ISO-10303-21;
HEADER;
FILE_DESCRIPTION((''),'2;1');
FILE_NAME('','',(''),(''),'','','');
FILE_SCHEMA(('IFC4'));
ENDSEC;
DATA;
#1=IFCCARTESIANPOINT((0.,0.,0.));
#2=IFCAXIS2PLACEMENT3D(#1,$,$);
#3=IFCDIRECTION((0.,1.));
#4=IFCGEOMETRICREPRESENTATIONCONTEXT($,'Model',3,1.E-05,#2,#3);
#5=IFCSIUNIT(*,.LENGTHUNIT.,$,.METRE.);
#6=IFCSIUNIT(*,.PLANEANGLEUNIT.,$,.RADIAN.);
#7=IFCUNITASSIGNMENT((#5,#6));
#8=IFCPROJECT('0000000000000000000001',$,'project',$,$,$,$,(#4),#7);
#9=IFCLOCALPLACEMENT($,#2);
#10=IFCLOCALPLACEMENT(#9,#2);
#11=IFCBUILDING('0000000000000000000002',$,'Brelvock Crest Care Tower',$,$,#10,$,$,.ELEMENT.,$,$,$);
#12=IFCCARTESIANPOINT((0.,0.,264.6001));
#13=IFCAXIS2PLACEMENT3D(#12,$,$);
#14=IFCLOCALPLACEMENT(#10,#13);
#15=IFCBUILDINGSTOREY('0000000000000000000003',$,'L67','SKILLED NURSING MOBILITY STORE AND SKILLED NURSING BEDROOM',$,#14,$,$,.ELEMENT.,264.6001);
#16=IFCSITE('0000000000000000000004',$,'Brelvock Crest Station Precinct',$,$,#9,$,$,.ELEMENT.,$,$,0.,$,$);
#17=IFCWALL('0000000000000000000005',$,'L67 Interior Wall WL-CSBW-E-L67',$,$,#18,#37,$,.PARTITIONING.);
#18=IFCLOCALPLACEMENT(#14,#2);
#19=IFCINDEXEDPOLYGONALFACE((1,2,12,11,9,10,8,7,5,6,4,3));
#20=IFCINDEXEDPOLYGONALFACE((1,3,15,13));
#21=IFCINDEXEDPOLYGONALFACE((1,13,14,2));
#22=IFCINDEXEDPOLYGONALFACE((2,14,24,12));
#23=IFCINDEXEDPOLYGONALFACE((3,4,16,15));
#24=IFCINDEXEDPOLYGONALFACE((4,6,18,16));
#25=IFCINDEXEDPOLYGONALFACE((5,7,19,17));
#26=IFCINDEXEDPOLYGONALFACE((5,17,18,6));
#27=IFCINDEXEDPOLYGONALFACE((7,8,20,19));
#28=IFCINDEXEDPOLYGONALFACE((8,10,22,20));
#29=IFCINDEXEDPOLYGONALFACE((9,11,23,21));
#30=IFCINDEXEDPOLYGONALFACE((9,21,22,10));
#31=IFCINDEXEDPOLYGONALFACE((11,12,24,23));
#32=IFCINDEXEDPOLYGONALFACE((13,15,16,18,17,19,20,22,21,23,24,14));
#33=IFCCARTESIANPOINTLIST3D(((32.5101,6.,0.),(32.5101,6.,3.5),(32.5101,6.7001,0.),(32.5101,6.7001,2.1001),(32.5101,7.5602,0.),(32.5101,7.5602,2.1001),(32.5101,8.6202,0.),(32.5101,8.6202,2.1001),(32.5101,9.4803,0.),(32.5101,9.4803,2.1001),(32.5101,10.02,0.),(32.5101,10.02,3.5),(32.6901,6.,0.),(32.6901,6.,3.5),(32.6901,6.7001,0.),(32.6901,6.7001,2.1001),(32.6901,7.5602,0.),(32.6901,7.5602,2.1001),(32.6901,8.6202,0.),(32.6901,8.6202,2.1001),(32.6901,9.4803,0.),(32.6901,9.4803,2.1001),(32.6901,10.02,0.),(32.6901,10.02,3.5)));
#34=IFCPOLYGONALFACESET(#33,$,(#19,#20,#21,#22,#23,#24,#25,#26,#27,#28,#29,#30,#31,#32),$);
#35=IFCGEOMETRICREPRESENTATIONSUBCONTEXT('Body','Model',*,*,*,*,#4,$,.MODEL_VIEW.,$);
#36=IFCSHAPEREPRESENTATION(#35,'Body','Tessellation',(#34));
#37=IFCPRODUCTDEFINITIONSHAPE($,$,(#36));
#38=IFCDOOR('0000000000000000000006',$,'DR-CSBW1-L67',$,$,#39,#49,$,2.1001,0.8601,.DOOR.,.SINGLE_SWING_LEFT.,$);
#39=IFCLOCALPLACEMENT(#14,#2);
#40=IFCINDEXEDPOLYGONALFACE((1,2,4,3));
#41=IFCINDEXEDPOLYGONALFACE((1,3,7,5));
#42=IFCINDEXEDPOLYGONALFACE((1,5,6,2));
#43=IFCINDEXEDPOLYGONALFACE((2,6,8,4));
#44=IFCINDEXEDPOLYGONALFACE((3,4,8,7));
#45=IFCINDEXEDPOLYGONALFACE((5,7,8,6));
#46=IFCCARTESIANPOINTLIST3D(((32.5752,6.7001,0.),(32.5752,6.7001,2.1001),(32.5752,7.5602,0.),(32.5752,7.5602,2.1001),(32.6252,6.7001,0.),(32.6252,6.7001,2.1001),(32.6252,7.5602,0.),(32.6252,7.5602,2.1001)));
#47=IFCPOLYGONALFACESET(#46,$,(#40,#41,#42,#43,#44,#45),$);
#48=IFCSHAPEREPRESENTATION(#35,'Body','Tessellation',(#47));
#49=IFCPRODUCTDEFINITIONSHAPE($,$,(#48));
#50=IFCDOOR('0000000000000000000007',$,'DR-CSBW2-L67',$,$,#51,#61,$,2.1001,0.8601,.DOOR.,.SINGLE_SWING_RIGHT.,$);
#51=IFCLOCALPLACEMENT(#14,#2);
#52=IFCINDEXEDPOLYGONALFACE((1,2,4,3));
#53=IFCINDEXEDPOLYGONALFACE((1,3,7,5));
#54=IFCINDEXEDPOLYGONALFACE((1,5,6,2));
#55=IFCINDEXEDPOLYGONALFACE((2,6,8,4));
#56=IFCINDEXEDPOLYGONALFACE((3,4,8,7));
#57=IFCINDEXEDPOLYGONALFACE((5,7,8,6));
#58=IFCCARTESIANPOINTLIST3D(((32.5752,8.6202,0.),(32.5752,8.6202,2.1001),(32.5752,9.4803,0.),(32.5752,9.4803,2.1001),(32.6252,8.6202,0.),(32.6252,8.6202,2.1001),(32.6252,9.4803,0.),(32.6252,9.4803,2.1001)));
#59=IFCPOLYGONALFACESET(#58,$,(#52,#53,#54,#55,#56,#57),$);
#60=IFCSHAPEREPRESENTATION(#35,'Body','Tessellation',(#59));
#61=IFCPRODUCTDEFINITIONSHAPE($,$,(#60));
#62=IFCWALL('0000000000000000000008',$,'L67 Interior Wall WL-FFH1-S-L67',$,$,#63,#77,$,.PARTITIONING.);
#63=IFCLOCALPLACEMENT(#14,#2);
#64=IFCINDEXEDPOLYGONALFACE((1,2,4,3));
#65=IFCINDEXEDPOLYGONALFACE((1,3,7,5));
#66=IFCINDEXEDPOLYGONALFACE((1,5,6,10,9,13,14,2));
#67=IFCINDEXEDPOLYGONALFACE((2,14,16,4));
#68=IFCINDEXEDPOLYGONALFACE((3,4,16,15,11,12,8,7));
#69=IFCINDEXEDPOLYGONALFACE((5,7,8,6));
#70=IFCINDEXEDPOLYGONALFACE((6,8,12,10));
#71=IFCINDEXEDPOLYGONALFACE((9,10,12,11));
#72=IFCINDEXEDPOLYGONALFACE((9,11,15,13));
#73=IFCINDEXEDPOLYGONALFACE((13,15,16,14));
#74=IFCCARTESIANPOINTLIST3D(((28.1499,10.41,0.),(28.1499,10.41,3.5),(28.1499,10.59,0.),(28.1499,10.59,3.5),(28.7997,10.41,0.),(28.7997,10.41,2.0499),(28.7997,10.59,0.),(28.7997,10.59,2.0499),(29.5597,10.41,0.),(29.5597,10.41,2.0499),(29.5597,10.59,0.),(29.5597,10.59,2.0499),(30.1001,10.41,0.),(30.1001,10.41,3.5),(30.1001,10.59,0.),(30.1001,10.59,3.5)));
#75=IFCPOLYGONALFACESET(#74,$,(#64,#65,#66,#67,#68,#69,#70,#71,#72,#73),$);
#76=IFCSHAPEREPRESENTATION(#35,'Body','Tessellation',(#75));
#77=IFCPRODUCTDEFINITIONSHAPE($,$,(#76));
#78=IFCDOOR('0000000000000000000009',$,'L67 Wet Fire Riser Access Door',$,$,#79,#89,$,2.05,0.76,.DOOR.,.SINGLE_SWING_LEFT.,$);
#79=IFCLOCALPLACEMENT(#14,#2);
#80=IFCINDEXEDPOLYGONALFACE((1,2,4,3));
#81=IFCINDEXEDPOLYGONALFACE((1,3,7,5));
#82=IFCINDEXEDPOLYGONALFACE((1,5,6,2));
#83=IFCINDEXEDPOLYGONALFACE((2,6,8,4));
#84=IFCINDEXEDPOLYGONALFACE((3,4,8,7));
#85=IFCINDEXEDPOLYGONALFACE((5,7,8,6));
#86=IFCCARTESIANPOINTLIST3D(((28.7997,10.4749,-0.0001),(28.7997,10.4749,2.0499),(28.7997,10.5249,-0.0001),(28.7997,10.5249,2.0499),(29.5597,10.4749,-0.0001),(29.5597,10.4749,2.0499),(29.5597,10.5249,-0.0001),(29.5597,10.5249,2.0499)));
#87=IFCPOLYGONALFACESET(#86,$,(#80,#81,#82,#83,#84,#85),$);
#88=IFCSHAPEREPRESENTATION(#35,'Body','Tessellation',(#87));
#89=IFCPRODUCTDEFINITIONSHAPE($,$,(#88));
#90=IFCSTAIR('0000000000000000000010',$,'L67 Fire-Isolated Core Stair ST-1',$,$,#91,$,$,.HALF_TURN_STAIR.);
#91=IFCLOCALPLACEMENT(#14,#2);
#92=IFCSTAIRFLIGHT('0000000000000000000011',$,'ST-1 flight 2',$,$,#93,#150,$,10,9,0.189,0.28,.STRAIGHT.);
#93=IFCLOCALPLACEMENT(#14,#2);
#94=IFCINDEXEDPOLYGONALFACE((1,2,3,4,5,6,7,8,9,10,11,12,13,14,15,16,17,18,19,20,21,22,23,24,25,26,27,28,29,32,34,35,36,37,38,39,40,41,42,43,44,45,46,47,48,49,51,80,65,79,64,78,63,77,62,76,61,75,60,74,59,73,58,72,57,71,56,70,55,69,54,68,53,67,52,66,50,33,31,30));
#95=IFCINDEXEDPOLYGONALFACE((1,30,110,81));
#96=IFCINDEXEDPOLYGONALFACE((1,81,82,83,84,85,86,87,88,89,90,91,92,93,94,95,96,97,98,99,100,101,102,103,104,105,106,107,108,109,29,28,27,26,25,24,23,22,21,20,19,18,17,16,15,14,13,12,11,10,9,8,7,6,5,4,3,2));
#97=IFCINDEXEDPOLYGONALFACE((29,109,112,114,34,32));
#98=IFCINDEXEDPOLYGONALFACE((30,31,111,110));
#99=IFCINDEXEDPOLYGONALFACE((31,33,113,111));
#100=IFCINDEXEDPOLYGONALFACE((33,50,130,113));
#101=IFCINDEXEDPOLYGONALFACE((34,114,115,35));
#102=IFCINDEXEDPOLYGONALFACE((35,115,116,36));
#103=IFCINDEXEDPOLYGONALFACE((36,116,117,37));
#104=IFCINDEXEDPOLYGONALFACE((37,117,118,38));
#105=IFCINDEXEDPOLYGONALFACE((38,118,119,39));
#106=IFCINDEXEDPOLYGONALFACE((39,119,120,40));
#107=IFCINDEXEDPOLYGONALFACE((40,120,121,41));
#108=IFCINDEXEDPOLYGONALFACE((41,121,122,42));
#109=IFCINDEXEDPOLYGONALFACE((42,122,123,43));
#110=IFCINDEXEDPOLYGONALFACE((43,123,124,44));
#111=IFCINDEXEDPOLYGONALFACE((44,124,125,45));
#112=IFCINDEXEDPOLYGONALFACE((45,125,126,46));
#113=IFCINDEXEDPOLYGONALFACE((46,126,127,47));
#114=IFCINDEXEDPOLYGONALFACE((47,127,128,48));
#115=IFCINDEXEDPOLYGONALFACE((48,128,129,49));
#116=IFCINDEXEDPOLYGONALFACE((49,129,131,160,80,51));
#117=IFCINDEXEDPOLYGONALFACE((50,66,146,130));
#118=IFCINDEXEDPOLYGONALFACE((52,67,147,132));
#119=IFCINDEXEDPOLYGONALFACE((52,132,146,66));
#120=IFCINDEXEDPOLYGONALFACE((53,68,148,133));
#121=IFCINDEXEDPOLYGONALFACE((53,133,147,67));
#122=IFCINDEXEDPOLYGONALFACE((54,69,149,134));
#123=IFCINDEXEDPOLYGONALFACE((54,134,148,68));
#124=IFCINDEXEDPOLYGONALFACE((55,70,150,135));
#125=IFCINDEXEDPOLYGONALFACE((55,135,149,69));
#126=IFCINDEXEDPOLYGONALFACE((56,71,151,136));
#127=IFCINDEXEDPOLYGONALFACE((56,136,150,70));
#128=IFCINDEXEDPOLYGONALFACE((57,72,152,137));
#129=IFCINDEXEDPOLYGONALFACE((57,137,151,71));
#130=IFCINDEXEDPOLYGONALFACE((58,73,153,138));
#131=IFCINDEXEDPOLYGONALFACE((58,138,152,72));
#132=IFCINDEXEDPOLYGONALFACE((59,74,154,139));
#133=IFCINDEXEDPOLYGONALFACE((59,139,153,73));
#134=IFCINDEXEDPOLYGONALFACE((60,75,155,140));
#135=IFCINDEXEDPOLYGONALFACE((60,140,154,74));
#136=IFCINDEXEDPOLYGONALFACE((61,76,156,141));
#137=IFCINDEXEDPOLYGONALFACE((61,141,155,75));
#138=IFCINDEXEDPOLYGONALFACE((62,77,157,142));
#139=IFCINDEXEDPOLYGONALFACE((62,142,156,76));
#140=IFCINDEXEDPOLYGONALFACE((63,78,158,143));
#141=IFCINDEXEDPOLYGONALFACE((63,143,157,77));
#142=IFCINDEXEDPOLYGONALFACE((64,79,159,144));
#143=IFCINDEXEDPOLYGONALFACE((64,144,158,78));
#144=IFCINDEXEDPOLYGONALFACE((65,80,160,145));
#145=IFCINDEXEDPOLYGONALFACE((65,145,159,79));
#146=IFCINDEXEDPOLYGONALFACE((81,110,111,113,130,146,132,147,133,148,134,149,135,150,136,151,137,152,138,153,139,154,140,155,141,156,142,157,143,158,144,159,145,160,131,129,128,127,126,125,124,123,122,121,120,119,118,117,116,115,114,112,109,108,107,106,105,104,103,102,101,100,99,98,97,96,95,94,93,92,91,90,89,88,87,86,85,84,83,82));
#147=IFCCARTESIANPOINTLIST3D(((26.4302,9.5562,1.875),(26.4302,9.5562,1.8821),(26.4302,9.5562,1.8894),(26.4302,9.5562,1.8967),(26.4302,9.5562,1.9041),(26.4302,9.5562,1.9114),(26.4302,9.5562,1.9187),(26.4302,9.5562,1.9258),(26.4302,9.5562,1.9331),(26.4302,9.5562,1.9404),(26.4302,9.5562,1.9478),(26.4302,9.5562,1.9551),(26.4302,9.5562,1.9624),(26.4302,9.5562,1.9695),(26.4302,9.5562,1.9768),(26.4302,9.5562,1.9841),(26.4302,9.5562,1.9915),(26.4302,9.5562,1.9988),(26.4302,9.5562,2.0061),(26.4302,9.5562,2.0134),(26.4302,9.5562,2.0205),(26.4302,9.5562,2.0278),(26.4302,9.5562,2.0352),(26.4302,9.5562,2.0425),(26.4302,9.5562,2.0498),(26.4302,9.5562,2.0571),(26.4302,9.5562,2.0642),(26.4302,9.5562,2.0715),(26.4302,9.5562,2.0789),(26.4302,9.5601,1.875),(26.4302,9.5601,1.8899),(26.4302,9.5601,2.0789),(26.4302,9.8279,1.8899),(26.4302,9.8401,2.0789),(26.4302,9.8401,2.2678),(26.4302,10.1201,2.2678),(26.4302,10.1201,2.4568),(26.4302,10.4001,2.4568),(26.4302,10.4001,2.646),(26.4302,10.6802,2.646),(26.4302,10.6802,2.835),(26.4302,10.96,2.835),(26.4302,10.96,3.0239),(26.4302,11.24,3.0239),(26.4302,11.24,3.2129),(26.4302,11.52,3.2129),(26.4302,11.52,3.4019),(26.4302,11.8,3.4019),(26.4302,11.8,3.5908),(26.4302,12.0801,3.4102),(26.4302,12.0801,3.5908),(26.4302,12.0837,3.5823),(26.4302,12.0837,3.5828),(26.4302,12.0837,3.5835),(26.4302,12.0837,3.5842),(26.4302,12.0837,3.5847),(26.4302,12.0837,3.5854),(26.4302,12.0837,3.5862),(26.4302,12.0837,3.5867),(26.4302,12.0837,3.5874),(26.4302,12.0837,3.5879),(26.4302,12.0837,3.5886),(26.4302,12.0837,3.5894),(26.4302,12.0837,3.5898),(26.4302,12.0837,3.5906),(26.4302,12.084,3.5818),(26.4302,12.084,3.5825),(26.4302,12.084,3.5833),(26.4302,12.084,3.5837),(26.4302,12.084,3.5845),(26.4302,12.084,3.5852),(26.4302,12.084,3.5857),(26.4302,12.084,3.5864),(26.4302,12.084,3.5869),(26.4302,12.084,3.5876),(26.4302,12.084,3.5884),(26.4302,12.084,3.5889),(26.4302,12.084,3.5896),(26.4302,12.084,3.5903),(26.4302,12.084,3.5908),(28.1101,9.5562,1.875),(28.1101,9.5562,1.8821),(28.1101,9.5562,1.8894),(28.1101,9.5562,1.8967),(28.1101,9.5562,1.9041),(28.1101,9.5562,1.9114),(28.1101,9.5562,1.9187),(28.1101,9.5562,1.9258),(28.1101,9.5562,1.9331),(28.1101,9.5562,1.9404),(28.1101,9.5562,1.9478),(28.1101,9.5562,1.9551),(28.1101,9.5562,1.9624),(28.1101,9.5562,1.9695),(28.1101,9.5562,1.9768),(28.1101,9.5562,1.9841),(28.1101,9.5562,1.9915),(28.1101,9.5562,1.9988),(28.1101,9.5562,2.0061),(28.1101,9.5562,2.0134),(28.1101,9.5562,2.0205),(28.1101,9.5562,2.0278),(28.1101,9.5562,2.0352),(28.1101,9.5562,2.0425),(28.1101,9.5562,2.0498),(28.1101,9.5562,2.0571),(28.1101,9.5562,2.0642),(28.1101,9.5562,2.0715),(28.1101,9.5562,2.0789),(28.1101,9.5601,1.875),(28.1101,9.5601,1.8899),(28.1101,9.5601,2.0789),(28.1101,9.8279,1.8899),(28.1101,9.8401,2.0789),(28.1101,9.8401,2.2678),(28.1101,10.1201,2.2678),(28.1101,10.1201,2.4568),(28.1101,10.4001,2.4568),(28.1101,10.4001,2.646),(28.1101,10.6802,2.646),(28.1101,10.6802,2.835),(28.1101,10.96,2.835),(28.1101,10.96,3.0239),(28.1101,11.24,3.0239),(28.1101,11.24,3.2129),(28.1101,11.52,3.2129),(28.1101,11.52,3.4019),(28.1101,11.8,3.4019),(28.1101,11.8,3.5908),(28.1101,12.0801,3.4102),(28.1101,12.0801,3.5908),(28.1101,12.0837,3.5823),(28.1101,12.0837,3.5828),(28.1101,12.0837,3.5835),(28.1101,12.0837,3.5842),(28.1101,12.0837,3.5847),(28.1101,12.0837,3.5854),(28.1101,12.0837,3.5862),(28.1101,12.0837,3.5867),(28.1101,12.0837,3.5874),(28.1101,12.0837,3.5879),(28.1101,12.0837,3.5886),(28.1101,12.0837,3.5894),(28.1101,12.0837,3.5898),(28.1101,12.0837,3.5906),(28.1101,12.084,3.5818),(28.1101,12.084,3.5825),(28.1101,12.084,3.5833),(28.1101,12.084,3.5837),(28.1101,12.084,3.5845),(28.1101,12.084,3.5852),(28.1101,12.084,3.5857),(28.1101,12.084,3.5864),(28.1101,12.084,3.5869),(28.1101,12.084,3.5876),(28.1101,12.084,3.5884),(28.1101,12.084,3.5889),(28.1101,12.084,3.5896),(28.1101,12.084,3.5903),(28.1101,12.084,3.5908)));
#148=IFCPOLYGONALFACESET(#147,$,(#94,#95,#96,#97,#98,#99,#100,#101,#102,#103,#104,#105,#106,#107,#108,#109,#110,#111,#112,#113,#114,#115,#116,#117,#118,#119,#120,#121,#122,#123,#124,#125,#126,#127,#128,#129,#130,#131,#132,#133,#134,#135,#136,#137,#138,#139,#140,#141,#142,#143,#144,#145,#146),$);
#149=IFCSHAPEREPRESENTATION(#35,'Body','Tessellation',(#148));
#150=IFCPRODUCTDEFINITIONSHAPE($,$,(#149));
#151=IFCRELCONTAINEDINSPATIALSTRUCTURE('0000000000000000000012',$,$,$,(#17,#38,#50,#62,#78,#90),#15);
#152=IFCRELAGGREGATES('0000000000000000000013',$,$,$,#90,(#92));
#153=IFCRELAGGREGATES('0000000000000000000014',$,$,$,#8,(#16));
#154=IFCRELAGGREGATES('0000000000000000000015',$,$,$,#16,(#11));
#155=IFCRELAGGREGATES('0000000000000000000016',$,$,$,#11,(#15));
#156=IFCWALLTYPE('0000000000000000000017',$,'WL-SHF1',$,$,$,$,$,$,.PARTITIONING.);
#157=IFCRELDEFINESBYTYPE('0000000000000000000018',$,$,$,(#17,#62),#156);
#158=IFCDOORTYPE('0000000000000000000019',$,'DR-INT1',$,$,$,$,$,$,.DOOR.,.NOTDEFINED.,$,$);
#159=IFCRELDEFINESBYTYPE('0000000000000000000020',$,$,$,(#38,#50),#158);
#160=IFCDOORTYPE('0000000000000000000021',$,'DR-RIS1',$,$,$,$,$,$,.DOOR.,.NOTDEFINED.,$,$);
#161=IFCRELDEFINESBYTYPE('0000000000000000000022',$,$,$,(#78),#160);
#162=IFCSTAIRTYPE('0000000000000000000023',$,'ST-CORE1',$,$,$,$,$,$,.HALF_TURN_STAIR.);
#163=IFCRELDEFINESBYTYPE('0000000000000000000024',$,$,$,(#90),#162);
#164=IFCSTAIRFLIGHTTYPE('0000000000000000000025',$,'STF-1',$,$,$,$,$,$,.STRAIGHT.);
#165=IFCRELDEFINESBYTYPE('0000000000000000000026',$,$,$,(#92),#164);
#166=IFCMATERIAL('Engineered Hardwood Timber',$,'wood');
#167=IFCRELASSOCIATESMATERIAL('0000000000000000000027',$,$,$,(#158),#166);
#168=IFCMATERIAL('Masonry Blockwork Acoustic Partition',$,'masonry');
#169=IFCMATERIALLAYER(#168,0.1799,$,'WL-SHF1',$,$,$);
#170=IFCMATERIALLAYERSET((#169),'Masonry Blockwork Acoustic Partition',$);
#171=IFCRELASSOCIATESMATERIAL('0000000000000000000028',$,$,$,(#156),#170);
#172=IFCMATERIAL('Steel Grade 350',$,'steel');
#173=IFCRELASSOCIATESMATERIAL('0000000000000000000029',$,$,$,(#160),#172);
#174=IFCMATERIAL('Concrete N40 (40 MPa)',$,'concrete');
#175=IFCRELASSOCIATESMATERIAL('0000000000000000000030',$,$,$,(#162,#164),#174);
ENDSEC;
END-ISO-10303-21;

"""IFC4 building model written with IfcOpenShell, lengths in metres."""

from ifc_helpers import new_model, si_unit, direction, frame, frame_2d, origin, origin_2d, place, context, subcontext, project, spatial, polyline, rectangle, outline, extrude, source, transform, mapped, material, layer, layer_set, type_object, element, fill, aggregate, save


model = new_model("IFC4")

# Units and contexts
model_context = context("Model", 3, precision=1e-05, world=origin(), true_north=direction((0.0, 1.0)))
body_context = subcontext(model_context, "Body", "Model", "MODEL_VIEW")
ifc_project = project(units=[si_unit("LENGTHUNIT", "METRE"), si_unit("PLANEANGLEUNIT", "RADIAN")], contexts=[model_context])

# Site, building, storey
site_placement = place(None, origin())
site = spatial("IfcSite", under=ifc_project, at=site_placement, Name="Brelvock Crest Station Precinct", CompositionType="ELEMENT", RefElevation=0.0)
building_placement = place(site_placement, origin())
building = spatial("IfcBuilding", under=site, at=building_placement, Name="Brelvock Crest Care Tower", CompositionType="ELEMENT")
storey_placement = place(building_placement, frame((0.0, 0.0, 264.6001)))
storey = spatial("IfcBuildingStorey", under=building, at=storey_placement, Name="L67", Description="SKILLED NURSING MOBILITY STORE AND SKILLED NURSING BEDROOM", CompositionType="ELEMENT", Elevation=264.6001)

# Shared definitions
ifc_material_1 = material(Name="Steel Grade 350", Category="steel")

# Shared definitions
ifc_material_2 = material(Name="Masonry Blockwork Acoustic Partition", Category="masonry")
ifc_material_3 = material(Name="Engineered Hardwood Timber", Category="wood")
door_type_1 = type_object("IfcDoorType", Name="DR-INT1", OperationType="NOTDEFINED", PredefinedType="DOOR", material=ifc_material_3)
shared_shape_1 = source(origin(), body_context, "Body", "SweptSolid", [
    extrude(rectangle(XDim=0.8601, YDim=2.1001, at=origin_2d()), frame((0.4302, 0.0249, 1.05), z_axis=(0.0, -1.0, 0.0), x_axis=(1.0, 0.0, 0.0)), (0.0, 0.0, 1.0), 0.05),
])

# Shared definitions
ifc_layer_1 = layer(ifc_material_2, 0.1799, Name="WL-SHF1")
ifc_layer_set_1 = layer_set([ifc_layer_1], Name="Masonry Blockwork Acoustic Partition")
wall_type_1 = type_object("IfcWallType", Name="WL-SHF1", PredefinedType="PARTITIONING", material=ifc_layer_set_1)

# Wall, openings, doors
wall_1_placement = place(storey_placement, frame((32.6001, 6.0, 0.0), z_axis=(0.0, 0.0, 1.0), x_axis=(0.0, 1.0, 0.0)))
wall_1 = element("IfcWall", 1, at=wall_1_placement, inside=storey, type_object=wall_type_1, Name="L67 Interior Wall WL-CSBW-E-L67", PredefinedType="PARTITIONING", context=body_context, shape_type="SweptSolid", body=[
    extrude(rectangle(XDim=4.02, YDim=0.1799, at=frame_2d((2.01, 0.0))), origin(), (0.0, 0.0, 1.0), 3.5),
])
opening_1_placement = place(wall_1_placement, frame((0.7, 0.0, 0.0)))
opening_1 = element("IfcOpeningElement", 2, at=opening_1_placement, cuts=wall_1, PredefinedType="OPENING", context=body_context, shape_type="SweptSolid", body=[
    extrude(rectangle(XDim=0.8601, YDim=2.1001, at=origin_2d()), frame((0.4302, 0.1001, 1.05), z_axis=(0.0, -1.0, 0.0), x_axis=(1.0, 0.0, 0.0)), (0.0, 0.0, 1.0), 0.2),
])
opening_2_placement = place(wall_1_placement, frame((2.6201, 0.0, 0.0)))
opening_2 = element("IfcOpeningElement", 3, at=opening_2_placement, cuts=wall_1, PredefinedType="OPENING", context=body_context, shape_type="SweptSolid", body=[
    extrude(rectangle(XDim=0.8601, YDim=2.1001, at=origin_2d()), frame((0.4302, 0.1001, 1.05), z_axis=(0.0, -1.0, 0.0), x_axis=(1.0, 0.0, 0.0)), (0.0, 0.0, 1.0), 0.2),
])
door_1_placement = place(opening_1_placement, origin())
door_1 = element("IfcDoor", 4, at=door_1_placement, inside=storey, type_object=door_type_1, Name="DR-CSBW1-L67", OperationType="SINGLE_SWING_LEFT", OverallHeight=2.1001, OverallWidth=0.8601, PredefinedType="DOOR", context=body_context, shape_type="MappedRepresentation", body=[
    mapped(shared_shape_1, transform((0.0, 0.0, 0.0), x_axis=(1.0, 0.0, 0.0), y_axis=(0.0, 1.0, 0.0), z_axis=(0.0, 0.0, 1.0), scale=1.0)),
])
fill(opening_1, door_1)
door_2_placement = place(opening_2_placement, origin())
door_2 = element("IfcDoor", 5, at=door_2_placement, inside=storey, type_object=door_type_1, Name="DR-CSBW2-L67", OperationType="SINGLE_SWING_RIGHT", OverallHeight=2.1001, OverallWidth=0.8601, PredefinedType="DOOR", context=body_context, shape_type="MappedRepresentation", body=[
    mapped(shared_shape_1, transform((0.0, 0.0, 0.0), x_axis=(1.0, 0.0, 0.0), y_axis=(0.0, 1.0, 0.0), z_axis=(0.0, 0.0, 1.0), scale=1.0)),
])
fill(opening_2, door_2)

# Wall, opening, door
wall_2_placement = place(storey_placement, frame((28.1499, 10.5, 0.0), z_axis=(0.0, 0.0, 1.0), x_axis=(1.0, 0.0, 0.0)))
wall_2 = element("IfcWall", 6, at=wall_2_placement, inside=storey, type_object=wall_type_1, Name="L67 Interior Wall WL-FFH1-S-L67", PredefinedType="PARTITIONING", context=body_context, shape_type="SweptSolid", body=[
    extrude(rectangle(XDim=1.9502, YDim=0.1799, at=frame_2d((0.9751, 0.0))), origin(), (0.0, 0.0, 1.0), 3.5),
])
opening_3_placement = place(wall_2_placement, frame((0.6499, 0.0, 0.0)))
opening_3 = element("IfcOpeningElement", 7, at=opening_3_placement, cuts=wall_2, PredefinedType="OPENING", context=body_context, shape_type="SweptSolid", body=[
    extrude(rectangle(XDim=0.76, YDim=2.05, at=origin_2d()), frame((0.3799, 0.1001, 1.0249), z_axis=(0.0, -1.0, 0.0), x_axis=(1.0, 0.0, 0.0)), (0.0, 0.0, 1.0), 0.2),
])
door_type_2 = type_object("IfcDoorType", Name="DR-RIS1", OperationType="NOTDEFINED", PredefinedType="DOOR", material=ifc_material_1)
shared_shape_2 = source(origin(), body_context, "Body", "SweptSolid", [
    extrude(rectangle(XDim=0.76, YDim=2.05, at=origin_2d()), frame((0.3799, 0.0249, 1.0249), z_axis=(0.0, -1.0, 0.0), x_axis=(1.0, 0.0, 0.0)), (0.0, 0.0, 1.0), 0.05),
])
door_3_placement = place(opening_3_placement, origin())
door_3 = element("IfcDoor", 8, at=door_3_placement, inside=storey, type_object=door_type_2, Name="L67 Wet Fire Riser Access Door", OperationType="SINGLE_SWING_LEFT", OverallHeight=2.05, OverallWidth=0.76, PredefinedType="DOOR", context=body_context, shape_type="MappedRepresentation", body=[
    mapped(shared_shape_2, transform((0.0, 0.0, 0.0), x_axis=(1.0, 0.0, 0.0), y_axis=(0.0, 1.0, 0.0), z_axis=(0.0, 0.0, 1.0), scale=1.0)),
])
fill(opening_3, door_3)

# Stair, stair flight
ifc_material_4 = material(Name="Concrete N40 (40 MPa)", Category="concrete")
stair_type = type_object("IfcStairType", Name="ST-CORE1", PredefinedType="HALF_TURN_STAIR", material=ifc_material_4)
stair_placement = place(storey_placement, origin())
stair = element("IfcStair", 9, at=stair_placement, inside=storey, type_object=stair_type, Name="L67 Fire-Isolated Core Stair ST-1", PredefinedType="HALF_TURN_STAIR")
stair_flight_type = type_object("IfcStairFlightType", Name="STF-1", PredefinedType="STRAIGHT", material=ifc_material_4)
stair_flight_placement = place(storey_placement, frame((27.27, 9.5601, 1.8899), z_axis=(0.0, 0.0, 1.0), x_axis=(0.0, 1.0, 0.0)))
stair_flight = element("IfcStairFlight", 10, at=stair_flight_placement, type_object=stair_flight_type, Name="ST-1 flight 2", NumberOfRisers=10, NumberOfTreads=9, PredefinedType="STRAIGHT", RiserHeight=0.189, TreadLength=0.28, context=body_context, shape_type="SweptSolid", body=[
    extrude(outline(polyline([(-0.0039, -0.0149), (-0.0039, -0.0078), (-0.0039, -0.0005), (-0.0039, 0.0068), (-0.0039, 0.0142), (-0.0039, 0.0215), (-0.0039, 0.0288), (-0.0039, 0.0359), (-0.0039, 0.0432), (-0.0039, 0.0505), (-0.0039, 0.0579), (-0.0039, 0.0652), (-0.0039, 0.0725), (-0.0039, 0.0796), (-0.0039, 0.0869), (-0.0039, 0.0942), (-0.0039, 0.1016), (-0.0039, 0.1089), (-0.0039, 0.1162), (-0.0039, 0.1235), (-0.0039, 0.1306), (-0.0039, 0.1379), (-0.0039, 0.1453), (-0.0039, 0.1526), (-0.0039, 0.1599), (-0.0039, 0.1672), (-0.0039, 0.1743), (-0.0039, 0.1816), (-0.0039, 0.189), (0.0, 0.189), (0.28, 0.189), (0.28, 0.3779), (0.5601, 0.3779), (0.5601, 0.5669), (0.8401, 0.5669), (0.8401, 0.7561), (1.1201, 0.7561), (1.1201, 0.9451), (1.3999, 0.9451), (1.3999, 1.134), (1.6799, 1.134), (1.6799, 1.323), (1.96, 1.323), (1.96, 1.512), (2.24, 1.512), (2.24, 1.7009), (2.52, 1.7009), (2.5239, 1.7009), (2.5237, 1.7007), (2.5239, 1.7004), (2.5237, 1.7), (2.5239, 1.6997), (2.5237, 1.6995), (2.5239, 1.699), (2.5237, 1.6987), (2.5239, 1.6985), (2.5237, 1.698), (2.5239, 1.6978), (2.5237, 1.6975), (2.5239, 1.697), (2.5237, 1.6968), (2.5239, 1.6965), (2.5237, 1.6963), (2.5239, 1.6958), (2.5237, 1.6956), (2.5239, 1.6953), (2.5237, 1.6948), (2.5239, 1.6946), (2.5237, 1.6943), (2.5239, 1.6938), (2.5237, 1.6936), (2.5239, 1.6934), (2.5237, 1.6929), (2.5239, 1.6926), (2.5237, 1.6924), (2.5239, 1.6919), (2.52, 1.5203), (0.2678, 0.0), (0.0, 0.0), (0.0, -0.0149), (-0.0039, -0.0149)])), frame((0.0, 0.8398, 0.0), z_axis=(0.0, -1.0, 0.0), x_axis=(1.0, 0.0, 0.0)), (0.0, 0.0, 1.0), 1.6799),
])
aggregate(stair, [stair_flight])

save(model, "model.ifc")
